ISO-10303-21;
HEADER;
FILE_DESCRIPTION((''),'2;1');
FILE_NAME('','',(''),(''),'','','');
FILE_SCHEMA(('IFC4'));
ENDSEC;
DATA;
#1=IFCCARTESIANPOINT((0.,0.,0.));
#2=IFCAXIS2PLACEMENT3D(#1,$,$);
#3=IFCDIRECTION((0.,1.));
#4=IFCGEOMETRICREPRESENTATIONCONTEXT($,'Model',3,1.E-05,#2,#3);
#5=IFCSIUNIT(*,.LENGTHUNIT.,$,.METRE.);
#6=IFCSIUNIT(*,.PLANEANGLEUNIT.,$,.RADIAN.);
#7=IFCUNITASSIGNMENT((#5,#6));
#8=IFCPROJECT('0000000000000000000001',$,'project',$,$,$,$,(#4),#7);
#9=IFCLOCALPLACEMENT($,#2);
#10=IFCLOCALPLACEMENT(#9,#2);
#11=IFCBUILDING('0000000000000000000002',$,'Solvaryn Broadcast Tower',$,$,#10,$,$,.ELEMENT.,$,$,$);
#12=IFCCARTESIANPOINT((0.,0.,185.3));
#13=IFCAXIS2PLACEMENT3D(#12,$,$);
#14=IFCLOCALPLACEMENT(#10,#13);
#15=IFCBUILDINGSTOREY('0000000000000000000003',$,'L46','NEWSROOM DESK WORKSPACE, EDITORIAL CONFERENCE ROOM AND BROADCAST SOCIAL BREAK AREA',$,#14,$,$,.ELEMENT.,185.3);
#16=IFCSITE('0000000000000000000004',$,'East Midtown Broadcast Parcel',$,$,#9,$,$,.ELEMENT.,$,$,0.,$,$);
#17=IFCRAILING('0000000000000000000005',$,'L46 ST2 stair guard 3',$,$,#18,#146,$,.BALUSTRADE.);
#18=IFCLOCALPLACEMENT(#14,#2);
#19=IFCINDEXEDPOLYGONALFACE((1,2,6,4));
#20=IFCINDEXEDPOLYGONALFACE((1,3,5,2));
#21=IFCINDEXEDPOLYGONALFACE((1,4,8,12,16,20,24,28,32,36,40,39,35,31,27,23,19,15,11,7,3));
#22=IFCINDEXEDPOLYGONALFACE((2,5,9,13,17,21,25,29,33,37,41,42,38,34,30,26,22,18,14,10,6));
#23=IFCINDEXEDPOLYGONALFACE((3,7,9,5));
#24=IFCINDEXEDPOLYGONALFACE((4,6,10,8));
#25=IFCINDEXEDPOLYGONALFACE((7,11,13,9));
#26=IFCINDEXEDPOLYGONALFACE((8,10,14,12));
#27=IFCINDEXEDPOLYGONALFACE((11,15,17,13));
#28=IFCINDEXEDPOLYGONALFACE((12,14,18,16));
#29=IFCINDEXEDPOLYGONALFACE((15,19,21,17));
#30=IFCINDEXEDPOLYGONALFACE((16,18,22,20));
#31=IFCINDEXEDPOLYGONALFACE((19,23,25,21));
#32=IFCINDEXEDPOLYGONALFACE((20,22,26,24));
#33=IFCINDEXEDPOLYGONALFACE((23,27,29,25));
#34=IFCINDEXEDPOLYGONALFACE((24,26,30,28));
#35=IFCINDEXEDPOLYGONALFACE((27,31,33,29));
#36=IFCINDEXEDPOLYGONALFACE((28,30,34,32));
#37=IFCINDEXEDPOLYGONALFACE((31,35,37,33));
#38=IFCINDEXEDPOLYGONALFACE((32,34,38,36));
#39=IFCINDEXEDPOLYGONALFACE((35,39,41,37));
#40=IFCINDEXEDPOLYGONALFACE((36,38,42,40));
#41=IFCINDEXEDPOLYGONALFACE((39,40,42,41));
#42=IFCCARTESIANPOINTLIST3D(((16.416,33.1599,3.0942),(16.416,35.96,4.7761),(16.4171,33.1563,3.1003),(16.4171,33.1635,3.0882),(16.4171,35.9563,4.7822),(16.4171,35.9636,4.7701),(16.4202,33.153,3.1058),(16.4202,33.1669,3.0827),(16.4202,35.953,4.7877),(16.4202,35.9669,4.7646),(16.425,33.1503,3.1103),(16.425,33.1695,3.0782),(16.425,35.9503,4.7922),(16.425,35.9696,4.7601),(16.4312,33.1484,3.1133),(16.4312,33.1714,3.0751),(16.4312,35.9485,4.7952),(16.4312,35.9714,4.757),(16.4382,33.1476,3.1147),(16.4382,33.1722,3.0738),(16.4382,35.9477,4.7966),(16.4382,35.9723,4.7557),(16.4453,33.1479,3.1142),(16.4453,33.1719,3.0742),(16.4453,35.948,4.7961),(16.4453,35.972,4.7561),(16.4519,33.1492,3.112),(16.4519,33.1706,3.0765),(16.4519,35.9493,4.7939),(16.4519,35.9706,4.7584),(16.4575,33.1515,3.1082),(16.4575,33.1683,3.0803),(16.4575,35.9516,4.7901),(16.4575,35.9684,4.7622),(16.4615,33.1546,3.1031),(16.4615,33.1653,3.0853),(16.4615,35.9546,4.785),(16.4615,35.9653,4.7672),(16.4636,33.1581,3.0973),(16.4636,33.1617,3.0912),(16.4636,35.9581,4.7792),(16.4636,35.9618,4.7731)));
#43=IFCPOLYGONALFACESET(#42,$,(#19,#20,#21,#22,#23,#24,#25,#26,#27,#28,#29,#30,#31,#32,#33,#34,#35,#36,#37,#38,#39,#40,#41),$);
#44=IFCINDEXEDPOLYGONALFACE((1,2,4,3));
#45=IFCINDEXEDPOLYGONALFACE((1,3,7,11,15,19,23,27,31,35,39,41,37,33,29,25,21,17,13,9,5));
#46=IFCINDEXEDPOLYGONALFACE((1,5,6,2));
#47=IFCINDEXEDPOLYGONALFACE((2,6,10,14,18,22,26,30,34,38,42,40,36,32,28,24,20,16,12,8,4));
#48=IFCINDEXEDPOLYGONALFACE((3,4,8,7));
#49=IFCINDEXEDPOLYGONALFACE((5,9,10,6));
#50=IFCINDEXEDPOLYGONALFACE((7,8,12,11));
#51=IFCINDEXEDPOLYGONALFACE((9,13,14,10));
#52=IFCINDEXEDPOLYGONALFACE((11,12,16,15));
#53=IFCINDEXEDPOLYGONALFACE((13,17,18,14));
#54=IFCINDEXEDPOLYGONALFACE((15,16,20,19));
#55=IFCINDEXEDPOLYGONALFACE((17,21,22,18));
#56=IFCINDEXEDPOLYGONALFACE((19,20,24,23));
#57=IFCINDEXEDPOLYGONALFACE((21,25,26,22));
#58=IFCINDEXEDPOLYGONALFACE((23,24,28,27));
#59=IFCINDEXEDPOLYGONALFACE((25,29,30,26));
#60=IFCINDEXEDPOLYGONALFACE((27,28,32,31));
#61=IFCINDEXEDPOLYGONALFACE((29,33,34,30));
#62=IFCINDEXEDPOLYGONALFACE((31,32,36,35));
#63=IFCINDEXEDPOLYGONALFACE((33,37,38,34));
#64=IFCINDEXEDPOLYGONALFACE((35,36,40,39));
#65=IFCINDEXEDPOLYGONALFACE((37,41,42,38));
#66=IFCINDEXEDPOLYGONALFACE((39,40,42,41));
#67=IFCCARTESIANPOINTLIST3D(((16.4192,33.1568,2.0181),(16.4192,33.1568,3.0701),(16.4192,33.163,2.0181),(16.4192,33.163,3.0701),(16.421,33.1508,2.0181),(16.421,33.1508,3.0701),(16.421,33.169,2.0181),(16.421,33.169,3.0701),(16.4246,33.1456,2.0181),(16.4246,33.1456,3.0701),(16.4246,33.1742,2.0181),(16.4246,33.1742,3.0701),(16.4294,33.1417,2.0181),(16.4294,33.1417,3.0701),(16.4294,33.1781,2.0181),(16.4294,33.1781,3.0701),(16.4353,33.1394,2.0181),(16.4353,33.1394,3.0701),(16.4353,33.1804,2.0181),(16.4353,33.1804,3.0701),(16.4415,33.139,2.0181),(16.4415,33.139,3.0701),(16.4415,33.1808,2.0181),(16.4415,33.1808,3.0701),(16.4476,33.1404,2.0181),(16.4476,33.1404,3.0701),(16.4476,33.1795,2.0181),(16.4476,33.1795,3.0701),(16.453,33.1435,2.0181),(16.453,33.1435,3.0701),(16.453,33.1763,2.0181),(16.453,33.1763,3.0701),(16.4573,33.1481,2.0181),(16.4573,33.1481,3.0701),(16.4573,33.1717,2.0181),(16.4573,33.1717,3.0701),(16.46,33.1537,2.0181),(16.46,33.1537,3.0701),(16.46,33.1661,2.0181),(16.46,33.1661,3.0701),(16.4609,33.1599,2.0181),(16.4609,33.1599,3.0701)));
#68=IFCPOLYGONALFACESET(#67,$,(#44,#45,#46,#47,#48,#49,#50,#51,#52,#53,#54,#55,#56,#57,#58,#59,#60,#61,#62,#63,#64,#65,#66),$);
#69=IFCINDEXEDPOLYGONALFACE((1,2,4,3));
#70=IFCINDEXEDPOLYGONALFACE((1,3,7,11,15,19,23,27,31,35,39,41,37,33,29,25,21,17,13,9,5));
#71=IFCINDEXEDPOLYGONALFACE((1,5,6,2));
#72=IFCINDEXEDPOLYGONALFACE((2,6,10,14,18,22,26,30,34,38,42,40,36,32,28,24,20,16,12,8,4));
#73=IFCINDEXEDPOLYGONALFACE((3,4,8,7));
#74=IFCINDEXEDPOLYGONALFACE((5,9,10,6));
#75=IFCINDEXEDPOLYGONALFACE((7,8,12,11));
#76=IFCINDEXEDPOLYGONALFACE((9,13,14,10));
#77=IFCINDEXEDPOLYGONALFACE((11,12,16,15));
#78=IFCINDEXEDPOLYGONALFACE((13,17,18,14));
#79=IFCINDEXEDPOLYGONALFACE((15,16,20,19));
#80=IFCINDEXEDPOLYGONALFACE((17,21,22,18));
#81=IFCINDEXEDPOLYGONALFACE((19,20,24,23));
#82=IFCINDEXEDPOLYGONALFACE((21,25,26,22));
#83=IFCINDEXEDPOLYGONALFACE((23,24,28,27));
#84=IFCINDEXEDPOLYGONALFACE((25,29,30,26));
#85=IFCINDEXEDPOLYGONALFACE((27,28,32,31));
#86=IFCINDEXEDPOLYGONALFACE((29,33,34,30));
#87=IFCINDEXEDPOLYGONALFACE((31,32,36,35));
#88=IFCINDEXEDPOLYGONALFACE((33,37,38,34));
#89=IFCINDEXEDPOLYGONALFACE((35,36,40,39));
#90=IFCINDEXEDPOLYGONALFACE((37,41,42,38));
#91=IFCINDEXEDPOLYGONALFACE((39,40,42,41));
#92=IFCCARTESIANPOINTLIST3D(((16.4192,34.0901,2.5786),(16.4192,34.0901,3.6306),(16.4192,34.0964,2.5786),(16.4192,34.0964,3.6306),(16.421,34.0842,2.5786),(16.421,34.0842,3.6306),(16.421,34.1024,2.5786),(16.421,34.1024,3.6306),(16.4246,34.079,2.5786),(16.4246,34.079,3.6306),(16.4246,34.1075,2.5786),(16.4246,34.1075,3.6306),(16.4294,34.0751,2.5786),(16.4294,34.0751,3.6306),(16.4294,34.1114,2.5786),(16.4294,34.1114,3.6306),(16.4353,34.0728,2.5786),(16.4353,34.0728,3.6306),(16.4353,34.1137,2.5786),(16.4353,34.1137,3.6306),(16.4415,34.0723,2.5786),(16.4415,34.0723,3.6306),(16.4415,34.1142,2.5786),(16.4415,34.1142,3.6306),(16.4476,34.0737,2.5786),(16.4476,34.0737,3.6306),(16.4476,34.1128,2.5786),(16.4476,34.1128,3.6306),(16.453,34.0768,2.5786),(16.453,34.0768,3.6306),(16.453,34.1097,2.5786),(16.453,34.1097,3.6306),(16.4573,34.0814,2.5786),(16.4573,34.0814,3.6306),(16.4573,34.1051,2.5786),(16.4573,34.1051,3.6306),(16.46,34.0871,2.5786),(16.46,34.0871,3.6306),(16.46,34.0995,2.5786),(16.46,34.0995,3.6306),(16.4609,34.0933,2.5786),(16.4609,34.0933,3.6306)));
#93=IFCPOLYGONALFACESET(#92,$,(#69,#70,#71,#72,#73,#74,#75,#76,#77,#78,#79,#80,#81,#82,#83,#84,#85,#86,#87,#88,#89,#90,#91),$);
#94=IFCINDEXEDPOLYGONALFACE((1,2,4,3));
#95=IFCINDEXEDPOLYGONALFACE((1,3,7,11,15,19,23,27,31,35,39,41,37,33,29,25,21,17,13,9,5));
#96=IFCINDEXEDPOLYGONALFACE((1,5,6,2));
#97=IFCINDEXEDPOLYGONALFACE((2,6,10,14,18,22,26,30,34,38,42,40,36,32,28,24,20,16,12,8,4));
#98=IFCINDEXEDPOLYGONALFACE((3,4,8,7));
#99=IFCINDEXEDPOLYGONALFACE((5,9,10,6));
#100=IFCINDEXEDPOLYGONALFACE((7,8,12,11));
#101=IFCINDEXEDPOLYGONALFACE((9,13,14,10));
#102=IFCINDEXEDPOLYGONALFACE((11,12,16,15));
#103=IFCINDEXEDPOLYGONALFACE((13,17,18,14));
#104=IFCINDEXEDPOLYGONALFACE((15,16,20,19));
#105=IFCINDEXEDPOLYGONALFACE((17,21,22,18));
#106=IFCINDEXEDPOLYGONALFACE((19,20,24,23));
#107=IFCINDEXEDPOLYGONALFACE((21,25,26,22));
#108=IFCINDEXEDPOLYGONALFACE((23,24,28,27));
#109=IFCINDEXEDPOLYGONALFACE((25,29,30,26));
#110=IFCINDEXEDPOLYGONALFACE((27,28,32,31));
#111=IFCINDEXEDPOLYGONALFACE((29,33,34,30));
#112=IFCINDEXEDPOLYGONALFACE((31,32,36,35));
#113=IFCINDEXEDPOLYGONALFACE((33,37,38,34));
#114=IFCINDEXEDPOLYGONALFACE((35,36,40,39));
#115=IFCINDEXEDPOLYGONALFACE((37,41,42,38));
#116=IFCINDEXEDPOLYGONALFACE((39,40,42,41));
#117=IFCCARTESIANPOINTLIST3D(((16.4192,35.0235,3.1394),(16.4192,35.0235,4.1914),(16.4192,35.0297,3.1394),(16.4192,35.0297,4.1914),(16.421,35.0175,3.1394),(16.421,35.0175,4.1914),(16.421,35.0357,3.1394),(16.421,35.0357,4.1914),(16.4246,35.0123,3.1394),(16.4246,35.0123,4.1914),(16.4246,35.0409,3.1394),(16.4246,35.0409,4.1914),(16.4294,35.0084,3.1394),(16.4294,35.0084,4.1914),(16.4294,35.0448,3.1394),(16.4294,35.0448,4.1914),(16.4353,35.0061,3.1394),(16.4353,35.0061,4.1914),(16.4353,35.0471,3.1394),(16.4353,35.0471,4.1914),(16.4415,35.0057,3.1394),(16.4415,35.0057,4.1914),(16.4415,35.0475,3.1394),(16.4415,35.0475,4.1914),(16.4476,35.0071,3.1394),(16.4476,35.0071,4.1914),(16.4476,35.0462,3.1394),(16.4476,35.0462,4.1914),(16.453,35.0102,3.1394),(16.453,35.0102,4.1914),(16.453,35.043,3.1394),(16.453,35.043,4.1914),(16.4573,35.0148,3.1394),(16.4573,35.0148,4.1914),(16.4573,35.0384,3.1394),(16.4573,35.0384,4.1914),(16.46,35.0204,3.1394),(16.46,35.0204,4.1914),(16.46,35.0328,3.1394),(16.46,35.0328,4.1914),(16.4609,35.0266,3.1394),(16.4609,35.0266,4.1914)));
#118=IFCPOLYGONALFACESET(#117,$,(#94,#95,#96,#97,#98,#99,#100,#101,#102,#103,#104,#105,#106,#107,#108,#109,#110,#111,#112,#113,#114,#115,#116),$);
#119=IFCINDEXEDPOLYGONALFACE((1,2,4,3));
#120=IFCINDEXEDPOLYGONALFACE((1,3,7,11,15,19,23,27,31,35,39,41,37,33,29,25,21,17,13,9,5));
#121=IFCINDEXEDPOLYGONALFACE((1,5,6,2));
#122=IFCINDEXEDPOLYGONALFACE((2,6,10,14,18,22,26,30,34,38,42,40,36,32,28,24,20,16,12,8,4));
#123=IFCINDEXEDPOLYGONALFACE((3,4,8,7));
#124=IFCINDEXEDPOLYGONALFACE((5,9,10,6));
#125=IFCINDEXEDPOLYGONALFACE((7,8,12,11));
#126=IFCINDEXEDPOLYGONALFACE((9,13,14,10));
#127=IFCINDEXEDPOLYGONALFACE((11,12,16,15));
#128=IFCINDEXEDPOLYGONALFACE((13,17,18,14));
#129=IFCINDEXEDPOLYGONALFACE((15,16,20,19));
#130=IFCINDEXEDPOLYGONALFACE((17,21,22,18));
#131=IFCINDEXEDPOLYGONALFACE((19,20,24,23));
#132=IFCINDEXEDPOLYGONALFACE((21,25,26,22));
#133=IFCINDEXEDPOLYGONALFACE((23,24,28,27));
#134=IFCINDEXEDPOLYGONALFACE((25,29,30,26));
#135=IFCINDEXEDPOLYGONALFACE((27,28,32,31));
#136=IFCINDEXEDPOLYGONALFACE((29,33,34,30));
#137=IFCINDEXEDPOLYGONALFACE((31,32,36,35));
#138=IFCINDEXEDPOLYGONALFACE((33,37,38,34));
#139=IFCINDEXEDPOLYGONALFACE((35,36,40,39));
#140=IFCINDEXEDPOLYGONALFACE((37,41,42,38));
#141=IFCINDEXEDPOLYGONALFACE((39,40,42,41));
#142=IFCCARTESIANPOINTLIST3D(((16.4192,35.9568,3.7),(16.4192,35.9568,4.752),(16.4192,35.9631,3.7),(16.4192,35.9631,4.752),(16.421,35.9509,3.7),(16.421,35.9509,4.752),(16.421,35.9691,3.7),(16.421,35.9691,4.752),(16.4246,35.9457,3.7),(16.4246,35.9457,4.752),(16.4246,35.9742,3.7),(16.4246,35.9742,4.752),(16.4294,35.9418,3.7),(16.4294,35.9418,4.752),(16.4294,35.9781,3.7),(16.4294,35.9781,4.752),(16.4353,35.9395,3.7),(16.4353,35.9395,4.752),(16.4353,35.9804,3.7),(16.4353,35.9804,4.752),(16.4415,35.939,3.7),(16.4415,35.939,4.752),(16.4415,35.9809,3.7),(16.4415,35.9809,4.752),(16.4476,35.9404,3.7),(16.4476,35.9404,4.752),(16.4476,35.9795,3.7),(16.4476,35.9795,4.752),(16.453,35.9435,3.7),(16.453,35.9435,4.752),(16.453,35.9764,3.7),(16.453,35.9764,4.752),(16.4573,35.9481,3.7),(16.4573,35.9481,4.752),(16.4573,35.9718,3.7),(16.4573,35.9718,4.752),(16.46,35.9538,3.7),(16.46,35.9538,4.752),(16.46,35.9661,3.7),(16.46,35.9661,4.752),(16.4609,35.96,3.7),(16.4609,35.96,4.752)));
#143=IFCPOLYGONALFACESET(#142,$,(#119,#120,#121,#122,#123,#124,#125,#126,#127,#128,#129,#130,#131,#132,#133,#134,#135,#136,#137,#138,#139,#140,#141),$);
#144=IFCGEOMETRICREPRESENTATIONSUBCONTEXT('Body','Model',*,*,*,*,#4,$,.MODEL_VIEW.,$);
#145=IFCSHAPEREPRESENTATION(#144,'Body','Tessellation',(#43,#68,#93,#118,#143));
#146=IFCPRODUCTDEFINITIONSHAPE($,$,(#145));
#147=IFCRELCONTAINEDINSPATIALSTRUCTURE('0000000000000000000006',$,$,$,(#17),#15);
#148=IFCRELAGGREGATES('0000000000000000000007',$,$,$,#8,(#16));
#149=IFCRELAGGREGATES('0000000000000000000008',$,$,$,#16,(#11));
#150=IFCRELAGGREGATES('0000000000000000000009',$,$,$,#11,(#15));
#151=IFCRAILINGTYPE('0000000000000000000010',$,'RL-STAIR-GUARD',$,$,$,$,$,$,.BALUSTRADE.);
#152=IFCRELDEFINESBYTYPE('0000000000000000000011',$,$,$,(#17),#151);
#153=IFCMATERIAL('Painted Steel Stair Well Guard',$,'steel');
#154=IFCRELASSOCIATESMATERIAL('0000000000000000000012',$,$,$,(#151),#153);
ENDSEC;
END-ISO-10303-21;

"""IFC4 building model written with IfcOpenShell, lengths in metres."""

from ifc_helpers import new_model, si_unit, direction, frame, origin, origin_2d, place, context, subcontext, project, spatial, circle, extrude, material, type_object, element, save


model = new_model("IFC4")

# Units and contexts
model_context = context("Model", 3, precision=1e-05, world=origin(), true_north=direction((0.0, 1.0)))
body_context = subcontext(model_context, "Body", "Model", "MODEL_VIEW")
ifc_project = project(units=[si_unit("LENGTHUNIT", "METRE"), si_unit("PLANEANGLEUNIT", "RADIAN")], contexts=[model_context])

# Site, building, storey
site_placement = place(None, origin())
site = spatial("IfcSite", under=ifc_project, at=site_placement, Name="East Midtown Broadcast Parcel", CompositionType="ELEMENT", RefElevation=0.0)
building_placement = place(site_placement, origin())
building = spatial("IfcBuilding", under=site, at=building_placement, Name="Solvaryn Broadcast Tower", CompositionType="ELEMENT")
storey_placement = place(building_placement, frame((0.0, 0.0, 185.3)))
storey = spatial("IfcBuildingStorey", under=building, at=storey_placement, Name="L46", Description="NEWSROOM DESK WORKSPACE, EDITORIAL CONFERENCE ROOM AND BROADCAST SOCIAL BREAK AREA", CompositionType="ELEMENT", Elevation=185.3)

# Railing
ifc_material_1 = material(Name="Painted Steel Stair Well Guard", Category="steel")
railing_type_1 = type_object("IfcRailingType", Name="RL-STAIR-GUARD", PredefinedType="BALUSTRADE", material=ifc_material_1)
railing_1_placement = place(storey_placement, frame((16.4399, 33.1599, 2.0181)))
element("IfcRailing", 1, at=railing_1_placement, inside=storey, type_object=railing_type_1, Name="L46 ST2 stair guard 3", PredefinedType="BALUSTRADE", context=body_context, shape_type="SweptSolid", body=[
    extrude(circle(Radius=0.0239, at=origin_2d()), frame((0.0, 0.0, 1.0762), z_axis=(0.0, 0.857242, 0.514913), x_axis=(-1.0, 0.0, 0.0)), (0.0, 0.0, 1.0), 3.2664),
    extrude(circle(Radius=0.021, at=origin_2d()), origin(), (0.0, 0.0, 1.0), 1.052),
    extrude(circle(Radius=0.021, at=origin_2d()), frame((0.0, 0.9333, 0.5605)), (0.0, 0.0, 1.0), 1.052),
    extrude(circle(Radius=0.021, at=origin_2d()), frame((0.0, 1.8667, 1.1213)), (0.0, 0.0, 1.0), 1.052),
    extrude(circle(Radius=0.021, at=origin_2d()), frame((0.0, 2.8, 1.6819)), (0.0, 0.0, 1.0), 1.052),
])

save(model, "model.ifc")
